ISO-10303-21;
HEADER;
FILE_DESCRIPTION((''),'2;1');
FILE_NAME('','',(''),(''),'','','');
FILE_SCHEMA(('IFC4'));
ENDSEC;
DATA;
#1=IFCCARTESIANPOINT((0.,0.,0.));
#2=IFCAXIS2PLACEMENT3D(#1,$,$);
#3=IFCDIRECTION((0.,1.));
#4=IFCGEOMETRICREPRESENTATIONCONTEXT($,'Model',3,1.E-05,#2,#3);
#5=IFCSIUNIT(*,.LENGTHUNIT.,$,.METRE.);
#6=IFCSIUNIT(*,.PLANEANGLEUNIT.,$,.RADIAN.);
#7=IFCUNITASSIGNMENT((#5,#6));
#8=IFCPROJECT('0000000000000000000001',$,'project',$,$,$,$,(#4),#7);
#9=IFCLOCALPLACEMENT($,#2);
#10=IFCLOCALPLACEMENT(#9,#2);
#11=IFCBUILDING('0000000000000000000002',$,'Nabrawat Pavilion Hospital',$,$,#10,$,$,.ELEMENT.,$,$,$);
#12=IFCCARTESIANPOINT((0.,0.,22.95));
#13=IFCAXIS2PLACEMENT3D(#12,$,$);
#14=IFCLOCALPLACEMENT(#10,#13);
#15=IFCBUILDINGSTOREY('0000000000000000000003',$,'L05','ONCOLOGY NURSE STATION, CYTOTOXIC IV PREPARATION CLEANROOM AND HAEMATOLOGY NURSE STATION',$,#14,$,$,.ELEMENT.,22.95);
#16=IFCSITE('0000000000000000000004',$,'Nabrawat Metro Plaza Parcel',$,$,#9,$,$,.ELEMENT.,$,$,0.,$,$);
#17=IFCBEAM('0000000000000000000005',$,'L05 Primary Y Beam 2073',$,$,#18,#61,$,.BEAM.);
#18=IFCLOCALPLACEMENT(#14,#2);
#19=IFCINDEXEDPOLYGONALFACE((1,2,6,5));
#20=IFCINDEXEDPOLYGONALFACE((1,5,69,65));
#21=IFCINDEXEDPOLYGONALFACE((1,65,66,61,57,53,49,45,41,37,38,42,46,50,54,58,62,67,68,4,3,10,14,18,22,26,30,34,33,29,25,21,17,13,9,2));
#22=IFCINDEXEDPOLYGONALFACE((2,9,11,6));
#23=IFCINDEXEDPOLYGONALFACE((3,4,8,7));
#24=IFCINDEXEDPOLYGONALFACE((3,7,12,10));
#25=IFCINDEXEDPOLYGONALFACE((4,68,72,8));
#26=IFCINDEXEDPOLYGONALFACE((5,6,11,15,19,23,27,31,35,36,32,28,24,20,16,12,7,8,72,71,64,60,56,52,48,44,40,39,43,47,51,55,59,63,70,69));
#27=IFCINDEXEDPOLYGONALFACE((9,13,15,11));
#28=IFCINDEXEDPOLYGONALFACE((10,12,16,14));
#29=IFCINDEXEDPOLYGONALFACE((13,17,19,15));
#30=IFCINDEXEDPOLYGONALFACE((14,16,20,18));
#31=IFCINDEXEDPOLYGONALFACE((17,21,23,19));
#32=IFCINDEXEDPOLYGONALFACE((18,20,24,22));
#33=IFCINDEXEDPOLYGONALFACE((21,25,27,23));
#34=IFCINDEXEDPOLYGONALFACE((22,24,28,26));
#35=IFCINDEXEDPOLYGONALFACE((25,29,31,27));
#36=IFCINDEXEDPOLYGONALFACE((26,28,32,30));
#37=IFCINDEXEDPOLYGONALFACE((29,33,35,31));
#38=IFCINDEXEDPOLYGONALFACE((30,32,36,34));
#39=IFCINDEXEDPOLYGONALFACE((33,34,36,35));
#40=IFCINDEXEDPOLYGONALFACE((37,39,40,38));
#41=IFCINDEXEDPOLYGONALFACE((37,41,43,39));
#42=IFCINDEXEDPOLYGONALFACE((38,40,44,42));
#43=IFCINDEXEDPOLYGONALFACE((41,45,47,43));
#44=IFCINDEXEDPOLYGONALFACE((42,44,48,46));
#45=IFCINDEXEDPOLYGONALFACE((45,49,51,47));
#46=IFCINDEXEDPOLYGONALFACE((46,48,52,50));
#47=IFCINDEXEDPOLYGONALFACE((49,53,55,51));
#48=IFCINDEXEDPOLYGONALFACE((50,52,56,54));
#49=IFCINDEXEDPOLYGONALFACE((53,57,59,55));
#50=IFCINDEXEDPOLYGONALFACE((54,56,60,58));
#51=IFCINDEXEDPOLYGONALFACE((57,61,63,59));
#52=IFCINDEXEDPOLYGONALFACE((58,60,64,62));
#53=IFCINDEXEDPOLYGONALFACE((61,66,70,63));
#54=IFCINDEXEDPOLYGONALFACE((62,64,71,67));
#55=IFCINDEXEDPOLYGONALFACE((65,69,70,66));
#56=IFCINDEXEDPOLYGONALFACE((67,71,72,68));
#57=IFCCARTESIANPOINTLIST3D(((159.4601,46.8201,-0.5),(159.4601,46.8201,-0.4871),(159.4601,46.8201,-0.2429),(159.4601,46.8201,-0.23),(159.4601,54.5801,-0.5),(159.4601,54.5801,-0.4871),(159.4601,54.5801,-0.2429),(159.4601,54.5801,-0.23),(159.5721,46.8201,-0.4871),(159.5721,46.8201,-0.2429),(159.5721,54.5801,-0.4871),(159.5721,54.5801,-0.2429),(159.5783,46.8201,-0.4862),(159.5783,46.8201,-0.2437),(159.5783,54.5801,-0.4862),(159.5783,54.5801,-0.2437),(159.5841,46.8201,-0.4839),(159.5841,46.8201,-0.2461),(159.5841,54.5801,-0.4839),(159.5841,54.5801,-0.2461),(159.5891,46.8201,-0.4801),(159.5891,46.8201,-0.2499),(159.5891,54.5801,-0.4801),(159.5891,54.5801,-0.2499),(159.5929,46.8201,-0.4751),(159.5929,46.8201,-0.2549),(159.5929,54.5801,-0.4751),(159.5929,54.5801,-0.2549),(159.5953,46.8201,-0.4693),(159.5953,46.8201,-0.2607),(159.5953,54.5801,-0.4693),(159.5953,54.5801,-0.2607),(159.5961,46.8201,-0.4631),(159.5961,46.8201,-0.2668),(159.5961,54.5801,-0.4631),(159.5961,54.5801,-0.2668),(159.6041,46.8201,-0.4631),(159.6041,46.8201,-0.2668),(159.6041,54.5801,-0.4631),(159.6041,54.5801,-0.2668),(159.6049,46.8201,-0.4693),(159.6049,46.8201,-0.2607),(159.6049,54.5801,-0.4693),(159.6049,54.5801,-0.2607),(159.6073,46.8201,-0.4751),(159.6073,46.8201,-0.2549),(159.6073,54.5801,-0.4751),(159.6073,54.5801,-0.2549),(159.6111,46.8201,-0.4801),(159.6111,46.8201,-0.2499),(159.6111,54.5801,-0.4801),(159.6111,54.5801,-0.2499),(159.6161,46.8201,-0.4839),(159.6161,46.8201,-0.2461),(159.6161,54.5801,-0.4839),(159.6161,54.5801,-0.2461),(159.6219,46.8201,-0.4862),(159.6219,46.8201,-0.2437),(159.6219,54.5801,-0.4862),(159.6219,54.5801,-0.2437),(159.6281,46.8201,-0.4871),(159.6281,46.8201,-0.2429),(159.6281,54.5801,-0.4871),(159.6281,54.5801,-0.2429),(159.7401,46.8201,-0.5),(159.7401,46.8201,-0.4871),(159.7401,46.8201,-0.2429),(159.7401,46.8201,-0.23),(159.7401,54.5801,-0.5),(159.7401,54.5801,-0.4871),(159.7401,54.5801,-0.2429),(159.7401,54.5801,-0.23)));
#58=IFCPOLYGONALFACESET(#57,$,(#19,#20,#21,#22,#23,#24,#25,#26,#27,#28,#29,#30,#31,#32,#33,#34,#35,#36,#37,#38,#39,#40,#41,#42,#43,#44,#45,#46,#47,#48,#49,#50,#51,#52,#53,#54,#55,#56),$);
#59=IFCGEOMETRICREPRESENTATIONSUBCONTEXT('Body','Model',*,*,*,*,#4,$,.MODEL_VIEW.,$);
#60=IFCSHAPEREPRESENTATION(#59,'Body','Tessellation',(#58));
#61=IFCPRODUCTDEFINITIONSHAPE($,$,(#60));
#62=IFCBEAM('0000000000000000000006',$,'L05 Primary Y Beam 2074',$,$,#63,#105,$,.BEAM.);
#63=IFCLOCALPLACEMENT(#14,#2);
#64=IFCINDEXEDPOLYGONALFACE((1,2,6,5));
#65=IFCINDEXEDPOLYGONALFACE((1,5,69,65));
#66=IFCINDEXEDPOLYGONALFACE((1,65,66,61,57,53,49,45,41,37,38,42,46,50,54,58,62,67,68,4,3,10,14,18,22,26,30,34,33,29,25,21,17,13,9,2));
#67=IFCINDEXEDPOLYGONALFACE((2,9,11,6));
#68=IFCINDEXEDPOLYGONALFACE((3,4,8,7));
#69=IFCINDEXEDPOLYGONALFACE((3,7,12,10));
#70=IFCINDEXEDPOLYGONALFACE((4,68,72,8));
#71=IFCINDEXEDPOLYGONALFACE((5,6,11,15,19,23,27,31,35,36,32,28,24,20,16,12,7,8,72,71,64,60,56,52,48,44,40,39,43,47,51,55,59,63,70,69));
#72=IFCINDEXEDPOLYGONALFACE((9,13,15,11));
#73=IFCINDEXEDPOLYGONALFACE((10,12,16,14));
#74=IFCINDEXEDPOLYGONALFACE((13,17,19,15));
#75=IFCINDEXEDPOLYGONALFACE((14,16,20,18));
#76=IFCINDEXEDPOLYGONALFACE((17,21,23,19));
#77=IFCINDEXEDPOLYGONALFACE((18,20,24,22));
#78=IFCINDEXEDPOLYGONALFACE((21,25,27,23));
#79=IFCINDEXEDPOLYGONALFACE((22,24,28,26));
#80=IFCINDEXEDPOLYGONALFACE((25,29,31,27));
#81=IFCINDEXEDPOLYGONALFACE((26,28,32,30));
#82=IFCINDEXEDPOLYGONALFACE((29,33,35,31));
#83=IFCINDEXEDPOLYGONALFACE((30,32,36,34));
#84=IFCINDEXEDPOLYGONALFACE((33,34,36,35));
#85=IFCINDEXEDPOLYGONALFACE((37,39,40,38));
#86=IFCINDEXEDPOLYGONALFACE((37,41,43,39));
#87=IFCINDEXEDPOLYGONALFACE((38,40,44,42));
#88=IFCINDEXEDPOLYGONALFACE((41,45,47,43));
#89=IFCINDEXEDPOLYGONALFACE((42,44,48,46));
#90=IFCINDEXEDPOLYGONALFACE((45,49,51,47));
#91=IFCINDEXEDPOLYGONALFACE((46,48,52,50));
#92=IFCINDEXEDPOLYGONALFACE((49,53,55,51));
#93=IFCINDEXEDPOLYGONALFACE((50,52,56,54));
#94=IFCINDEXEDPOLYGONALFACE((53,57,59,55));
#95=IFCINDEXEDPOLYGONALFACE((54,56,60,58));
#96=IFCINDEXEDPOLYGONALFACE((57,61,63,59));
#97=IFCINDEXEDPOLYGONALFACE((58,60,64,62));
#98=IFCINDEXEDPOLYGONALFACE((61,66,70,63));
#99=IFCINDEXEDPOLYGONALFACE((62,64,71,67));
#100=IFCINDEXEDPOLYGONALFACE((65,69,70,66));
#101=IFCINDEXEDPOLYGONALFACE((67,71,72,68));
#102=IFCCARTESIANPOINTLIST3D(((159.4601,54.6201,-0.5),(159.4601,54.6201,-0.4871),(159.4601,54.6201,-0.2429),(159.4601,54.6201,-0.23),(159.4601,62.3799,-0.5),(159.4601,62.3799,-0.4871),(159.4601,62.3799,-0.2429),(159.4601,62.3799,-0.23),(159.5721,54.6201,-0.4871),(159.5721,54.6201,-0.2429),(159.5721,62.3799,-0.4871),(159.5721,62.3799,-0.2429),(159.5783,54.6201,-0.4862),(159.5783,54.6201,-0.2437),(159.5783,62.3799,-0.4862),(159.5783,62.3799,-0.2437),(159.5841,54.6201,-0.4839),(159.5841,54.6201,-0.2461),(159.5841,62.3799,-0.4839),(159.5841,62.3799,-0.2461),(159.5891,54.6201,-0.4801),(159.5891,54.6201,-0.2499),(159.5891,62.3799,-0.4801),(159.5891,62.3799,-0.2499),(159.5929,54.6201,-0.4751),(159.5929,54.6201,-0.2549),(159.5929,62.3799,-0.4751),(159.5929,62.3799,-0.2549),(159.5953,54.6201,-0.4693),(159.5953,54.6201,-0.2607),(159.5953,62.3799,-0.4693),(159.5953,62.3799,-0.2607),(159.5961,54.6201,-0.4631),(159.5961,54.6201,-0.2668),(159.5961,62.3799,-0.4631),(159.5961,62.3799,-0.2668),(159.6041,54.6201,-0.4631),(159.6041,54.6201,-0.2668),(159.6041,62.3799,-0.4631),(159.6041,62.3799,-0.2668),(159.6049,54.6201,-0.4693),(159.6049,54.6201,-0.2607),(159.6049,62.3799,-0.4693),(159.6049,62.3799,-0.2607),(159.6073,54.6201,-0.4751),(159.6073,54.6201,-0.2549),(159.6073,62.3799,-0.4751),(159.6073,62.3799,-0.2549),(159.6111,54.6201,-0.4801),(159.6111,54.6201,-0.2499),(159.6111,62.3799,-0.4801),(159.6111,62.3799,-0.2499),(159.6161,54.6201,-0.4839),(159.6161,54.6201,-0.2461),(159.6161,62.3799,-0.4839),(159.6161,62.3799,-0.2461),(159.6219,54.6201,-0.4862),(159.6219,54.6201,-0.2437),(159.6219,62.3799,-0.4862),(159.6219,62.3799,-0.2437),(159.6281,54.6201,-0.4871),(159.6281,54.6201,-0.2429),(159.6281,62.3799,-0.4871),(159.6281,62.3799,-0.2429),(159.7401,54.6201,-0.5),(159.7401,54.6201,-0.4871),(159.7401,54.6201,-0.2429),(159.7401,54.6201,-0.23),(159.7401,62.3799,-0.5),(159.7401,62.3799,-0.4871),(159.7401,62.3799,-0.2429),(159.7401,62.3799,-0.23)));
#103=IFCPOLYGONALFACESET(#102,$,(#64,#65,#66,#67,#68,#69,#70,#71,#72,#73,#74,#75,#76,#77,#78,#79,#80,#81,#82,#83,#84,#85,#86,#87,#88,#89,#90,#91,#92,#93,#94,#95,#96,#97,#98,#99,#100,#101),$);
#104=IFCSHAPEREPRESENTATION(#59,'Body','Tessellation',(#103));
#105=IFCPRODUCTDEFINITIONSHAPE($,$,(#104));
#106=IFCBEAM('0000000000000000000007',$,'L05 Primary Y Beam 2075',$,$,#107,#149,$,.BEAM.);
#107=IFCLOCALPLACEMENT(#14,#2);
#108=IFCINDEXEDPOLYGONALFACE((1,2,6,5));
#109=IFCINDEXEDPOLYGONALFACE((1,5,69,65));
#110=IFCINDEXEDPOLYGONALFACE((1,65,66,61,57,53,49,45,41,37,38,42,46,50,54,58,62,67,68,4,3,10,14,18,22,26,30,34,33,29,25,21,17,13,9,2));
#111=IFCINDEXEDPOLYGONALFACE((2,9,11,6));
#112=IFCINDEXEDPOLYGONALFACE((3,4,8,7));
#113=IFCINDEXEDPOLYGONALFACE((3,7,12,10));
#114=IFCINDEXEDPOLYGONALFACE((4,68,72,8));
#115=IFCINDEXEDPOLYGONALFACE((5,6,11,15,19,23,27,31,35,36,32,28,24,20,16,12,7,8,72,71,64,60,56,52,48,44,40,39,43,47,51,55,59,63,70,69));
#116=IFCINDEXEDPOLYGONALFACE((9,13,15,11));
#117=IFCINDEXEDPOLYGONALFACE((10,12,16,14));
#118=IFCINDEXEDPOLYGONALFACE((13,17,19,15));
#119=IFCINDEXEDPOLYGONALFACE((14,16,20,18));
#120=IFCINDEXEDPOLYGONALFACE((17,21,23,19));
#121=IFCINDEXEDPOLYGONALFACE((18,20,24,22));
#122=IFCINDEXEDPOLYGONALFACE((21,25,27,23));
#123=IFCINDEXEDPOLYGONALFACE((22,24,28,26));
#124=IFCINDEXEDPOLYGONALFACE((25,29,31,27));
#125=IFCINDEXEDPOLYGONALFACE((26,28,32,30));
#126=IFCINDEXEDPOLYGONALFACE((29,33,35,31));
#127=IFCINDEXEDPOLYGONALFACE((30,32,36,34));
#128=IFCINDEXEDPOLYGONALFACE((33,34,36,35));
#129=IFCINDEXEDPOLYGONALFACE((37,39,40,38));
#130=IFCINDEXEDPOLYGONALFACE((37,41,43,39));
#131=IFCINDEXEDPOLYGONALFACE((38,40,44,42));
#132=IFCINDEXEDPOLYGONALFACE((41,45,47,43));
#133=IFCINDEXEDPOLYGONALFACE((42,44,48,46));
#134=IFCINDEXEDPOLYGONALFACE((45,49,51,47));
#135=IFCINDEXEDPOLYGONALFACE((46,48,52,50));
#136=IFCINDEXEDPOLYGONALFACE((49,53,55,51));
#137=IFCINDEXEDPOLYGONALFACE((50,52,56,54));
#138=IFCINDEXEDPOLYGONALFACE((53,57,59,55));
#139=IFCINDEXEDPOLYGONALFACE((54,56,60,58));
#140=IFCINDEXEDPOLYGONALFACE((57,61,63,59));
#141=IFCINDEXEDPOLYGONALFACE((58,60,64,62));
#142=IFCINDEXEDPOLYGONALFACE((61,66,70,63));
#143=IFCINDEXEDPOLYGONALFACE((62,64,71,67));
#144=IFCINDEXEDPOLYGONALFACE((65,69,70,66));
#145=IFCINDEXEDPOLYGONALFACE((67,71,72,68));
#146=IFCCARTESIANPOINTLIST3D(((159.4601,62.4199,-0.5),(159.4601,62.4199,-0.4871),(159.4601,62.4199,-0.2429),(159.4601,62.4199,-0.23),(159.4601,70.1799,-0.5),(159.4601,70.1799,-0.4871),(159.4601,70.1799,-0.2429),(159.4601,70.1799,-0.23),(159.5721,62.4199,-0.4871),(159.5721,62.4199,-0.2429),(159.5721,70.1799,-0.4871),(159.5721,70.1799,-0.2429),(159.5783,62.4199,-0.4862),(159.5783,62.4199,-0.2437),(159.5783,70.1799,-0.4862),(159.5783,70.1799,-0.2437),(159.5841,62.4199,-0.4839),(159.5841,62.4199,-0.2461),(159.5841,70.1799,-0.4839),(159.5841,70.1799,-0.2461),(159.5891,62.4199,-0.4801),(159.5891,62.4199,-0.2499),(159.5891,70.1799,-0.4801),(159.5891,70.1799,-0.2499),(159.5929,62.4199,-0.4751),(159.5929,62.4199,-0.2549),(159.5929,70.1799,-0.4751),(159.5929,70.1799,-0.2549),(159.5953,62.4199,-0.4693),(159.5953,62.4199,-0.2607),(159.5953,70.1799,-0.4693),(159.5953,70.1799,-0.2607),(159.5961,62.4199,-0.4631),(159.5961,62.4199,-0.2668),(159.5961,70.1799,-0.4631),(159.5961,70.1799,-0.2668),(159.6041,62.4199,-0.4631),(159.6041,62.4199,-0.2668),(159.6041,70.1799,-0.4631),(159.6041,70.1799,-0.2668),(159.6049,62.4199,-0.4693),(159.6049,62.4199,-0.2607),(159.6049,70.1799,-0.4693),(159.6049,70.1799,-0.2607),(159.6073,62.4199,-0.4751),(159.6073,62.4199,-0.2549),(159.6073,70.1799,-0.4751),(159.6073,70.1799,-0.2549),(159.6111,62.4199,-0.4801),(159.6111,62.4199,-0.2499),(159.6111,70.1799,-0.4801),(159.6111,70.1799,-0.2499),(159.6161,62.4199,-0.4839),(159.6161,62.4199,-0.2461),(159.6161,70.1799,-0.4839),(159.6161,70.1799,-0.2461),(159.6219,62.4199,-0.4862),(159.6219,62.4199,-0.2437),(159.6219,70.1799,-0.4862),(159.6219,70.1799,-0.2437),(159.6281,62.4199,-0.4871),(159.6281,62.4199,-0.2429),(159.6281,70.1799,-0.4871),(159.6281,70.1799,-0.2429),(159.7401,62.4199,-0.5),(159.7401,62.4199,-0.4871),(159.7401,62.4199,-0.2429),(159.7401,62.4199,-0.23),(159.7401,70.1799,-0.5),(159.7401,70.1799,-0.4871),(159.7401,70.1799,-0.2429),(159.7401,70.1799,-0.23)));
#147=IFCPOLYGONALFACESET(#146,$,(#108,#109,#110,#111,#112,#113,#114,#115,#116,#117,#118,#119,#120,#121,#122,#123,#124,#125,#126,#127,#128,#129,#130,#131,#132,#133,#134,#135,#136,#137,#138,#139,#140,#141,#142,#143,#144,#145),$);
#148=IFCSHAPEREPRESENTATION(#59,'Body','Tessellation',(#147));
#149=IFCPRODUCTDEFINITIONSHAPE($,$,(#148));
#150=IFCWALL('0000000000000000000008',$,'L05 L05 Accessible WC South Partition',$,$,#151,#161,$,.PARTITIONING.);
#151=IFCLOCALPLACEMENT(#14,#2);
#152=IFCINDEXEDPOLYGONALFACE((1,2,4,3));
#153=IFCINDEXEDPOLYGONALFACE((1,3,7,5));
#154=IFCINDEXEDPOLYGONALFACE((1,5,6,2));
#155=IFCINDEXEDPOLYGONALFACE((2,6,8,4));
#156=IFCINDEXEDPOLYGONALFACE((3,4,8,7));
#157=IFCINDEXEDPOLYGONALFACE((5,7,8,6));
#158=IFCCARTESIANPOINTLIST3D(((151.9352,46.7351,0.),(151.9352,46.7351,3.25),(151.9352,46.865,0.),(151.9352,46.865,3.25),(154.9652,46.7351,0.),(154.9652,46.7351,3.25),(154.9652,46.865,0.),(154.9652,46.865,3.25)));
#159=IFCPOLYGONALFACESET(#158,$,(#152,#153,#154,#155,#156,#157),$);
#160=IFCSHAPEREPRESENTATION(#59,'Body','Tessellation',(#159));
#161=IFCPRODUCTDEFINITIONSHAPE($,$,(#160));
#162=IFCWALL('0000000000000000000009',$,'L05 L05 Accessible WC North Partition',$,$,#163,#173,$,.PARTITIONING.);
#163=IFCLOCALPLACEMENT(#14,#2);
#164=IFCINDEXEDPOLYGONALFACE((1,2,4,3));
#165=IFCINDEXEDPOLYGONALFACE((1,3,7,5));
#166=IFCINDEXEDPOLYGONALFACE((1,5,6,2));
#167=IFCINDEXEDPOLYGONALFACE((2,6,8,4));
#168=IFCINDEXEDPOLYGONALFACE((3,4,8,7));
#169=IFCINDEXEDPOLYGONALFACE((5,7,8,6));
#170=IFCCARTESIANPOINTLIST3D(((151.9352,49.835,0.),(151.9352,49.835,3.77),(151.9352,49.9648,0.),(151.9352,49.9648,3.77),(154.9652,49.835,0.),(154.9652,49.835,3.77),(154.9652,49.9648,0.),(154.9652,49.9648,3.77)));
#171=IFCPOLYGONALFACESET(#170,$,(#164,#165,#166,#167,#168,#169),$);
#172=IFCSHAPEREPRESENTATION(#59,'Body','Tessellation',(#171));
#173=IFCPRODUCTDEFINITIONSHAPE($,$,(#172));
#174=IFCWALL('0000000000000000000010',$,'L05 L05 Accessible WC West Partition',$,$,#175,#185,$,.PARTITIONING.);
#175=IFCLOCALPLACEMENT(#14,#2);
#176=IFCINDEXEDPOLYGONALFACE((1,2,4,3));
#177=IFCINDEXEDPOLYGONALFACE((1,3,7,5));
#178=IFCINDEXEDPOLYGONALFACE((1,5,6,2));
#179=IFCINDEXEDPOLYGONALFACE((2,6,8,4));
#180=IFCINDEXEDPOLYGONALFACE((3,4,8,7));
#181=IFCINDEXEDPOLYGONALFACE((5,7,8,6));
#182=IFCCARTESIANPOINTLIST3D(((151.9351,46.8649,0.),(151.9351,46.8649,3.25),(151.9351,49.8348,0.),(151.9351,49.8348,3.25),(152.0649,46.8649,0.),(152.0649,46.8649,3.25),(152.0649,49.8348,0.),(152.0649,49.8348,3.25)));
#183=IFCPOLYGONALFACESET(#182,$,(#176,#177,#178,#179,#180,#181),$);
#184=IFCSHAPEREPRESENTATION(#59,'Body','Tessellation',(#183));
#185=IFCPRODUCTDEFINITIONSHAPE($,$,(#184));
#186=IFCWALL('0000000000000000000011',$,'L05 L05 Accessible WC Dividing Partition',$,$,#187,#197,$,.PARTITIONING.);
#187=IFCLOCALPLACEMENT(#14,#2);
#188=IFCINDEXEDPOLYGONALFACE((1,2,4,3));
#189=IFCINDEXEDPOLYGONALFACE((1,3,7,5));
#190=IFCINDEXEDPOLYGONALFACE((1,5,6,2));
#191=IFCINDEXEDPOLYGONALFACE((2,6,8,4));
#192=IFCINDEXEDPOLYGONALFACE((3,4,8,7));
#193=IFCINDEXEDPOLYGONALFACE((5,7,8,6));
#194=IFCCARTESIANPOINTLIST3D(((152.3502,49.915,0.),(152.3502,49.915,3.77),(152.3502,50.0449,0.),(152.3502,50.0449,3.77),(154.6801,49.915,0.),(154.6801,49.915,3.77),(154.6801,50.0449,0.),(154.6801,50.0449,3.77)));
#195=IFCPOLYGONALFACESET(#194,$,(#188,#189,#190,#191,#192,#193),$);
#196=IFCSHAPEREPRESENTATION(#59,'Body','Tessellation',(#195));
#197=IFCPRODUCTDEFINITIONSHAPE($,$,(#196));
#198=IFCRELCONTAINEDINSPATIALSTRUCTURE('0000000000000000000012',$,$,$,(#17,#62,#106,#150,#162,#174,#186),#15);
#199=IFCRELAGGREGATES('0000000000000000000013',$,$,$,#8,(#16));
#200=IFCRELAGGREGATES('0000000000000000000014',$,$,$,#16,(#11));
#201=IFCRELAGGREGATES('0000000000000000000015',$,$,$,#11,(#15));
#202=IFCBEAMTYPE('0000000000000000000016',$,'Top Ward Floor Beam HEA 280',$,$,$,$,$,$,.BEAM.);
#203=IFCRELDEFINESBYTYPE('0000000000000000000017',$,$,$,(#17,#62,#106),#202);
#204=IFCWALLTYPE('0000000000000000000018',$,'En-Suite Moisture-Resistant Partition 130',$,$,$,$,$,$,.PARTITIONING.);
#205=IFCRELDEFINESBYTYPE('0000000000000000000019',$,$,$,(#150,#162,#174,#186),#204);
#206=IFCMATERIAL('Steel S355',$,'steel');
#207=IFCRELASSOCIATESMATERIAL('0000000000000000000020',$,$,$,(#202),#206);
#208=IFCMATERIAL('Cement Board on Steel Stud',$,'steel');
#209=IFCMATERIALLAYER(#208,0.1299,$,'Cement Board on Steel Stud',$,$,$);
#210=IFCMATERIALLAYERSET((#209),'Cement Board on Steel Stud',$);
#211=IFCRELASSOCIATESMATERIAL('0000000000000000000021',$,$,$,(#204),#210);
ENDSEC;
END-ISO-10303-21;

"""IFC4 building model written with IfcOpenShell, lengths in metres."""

from ifc_helpers import new_model, si_unit, direction, frame, frame_2d, origin, origin_2d, place, context, subcontext, project, spatial, rectangle, i_section, extrude, material, layer, layer_set, material_profile, profile_set, type_object, element, save


model = new_model("IFC4")

# Units and contexts
model_context = context("Model", 3, precision=1e-05, world=origin(), true_north=direction((0.0, 1.0)))
body_context = subcontext(model_context, "Body", "Model", "MODEL_VIEW")
ifc_project = project(units=[si_unit("LENGTHUNIT", "METRE"), si_unit("PLANEANGLEUNIT", "RADIAN")], contexts=[model_context])

# Site, building, storey
site_placement = place(None, origin())
site = spatial("IfcSite", under=ifc_project, at=site_placement, Name="Nabrawat Metro Plaza Parcel", CompositionType="ELEMENT", RefElevation=0.0)
building_placement = place(site_placement, origin())
building = spatial("IfcBuilding", under=site, at=building_placement, Name="Nabrawat Pavilion Hospital", CompositionType="ELEMENT")
storey_placement = place(building_placement, frame((0.0, 0.0, 22.95)))
storey = spatial("IfcBuildingStorey", under=building, at=storey_placement, Name="L05", Description="ONCOLOGY NURSE STATION, CYTOTOXIC IV PREPARATION CLEANROOM AND HAEMATOLOGY NURSE STATION", CompositionType="ELEMENT", Elevation=22.95)

# Shared definitions
ifc_material_1 = material(Name="Steel S355", Category="steel")

# Beams
ifc_material_profile_1 = material_profile(ifc_material_1, i_section(OverallWidth=0.28, OverallDepth=0.27, WebThickness=0.0081, FlangeThickness=0.0129, FilletRadius=0.0239, at=origin_2d()), Name="HEA 280")
ifc_profile_set_1 = profile_set([ifc_material_profile_1], Name="Steel S355")
beam_type_1 = type_object("IfcBeamType", Name="Top Ward Floor Beam HEA 280", PredefinedType="BEAM", material=ifc_profile_set_1)
for number, where, z_axis, x_axis, name in (
    (1, (159.6001, 46.8201, -0.365), (0.0, 1.0, 0.0), (-1.0, 0.0, 0.0), "L05 Primary Y Beam 2073"),
):
    element("IfcBeam", number, at=place(storey_placement, frame(where, z_axis=z_axis, x_axis=x_axis)), inside=storey, type_object=beam_type_1, Name=name, PredefinedType="BEAM", context=body_context, shape_type="SweptSolid", body=[
        extrude(i_section(OverallWidth=0.28, OverallDepth=0.27, WebThickness=0.0081, FlangeThickness=0.0129, FilletRadius=0.0239, at=origin_2d()), origin(), (0.0, 0.0, 1.0), 7.76),
    ])
beam_1_placement = place(storey_placement, frame((159.6001, 54.6201, -0.365), z_axis=(0.0, 1.0, 0.0), x_axis=(-1.0, 0.0, 0.0)))
element("IfcBeam", 2, at=beam_1_placement, inside=storey, type_object=beam_type_1, Name="L05 Primary Y Beam 2074", PredefinedType="BEAM", context=body_context, shape_type="SweptSolid", body=[
    extrude(i_section(OverallWidth=0.28, OverallDepth=0.27, WebThickness=0.0081, FlangeThickness=0.0129, FilletRadius=0.0239, at=origin_2d()), origin(), (0.0, 0.0, 1.0), 7.7598),
])
beam_2_placement = place(storey_placement, frame((159.6001, 62.4199, -0.365), z_axis=(0.0, 1.0, 0.0), x_axis=(-1.0, 0.0, 0.0)))
element("IfcBeam", 3, at=beam_2_placement, inside=storey, type_object=beam_type_1, Name="L05 Primary Y Beam 2075", PredefinedType="BEAM", context=body_context, shape_type="SweptSolid", body=[
    extrude(i_section(OverallWidth=0.28, OverallDepth=0.27, WebThickness=0.0081, FlangeThickness=0.0129, FilletRadius=0.0239, at=origin_2d()), origin(), (0.0, 0.0, 1.0), 7.76),
])

# Walls
ifc_material_2 = material(Name="Cement Board on Steel Stud", Category="steel")
ifc_layer_1 = layer(ifc_material_2, 0.1299, Name="Cement Board on Steel Stud")
ifc_layer_set_1 = layer_set([ifc_layer_1], Name="Cement Board on Steel Stud")
wall_type_1 = type_object("IfcWallType", Name="En-Suite Moisture-Resistant Partition 130", PredefinedType="PARTITIONING", material=ifc_layer_set_1)
wall_1_placement = place(storey_placement, frame((151.9351, 46.8, 0.0), z_axis=(0.0, 0.0, 1.0), x_axis=(1.0, 0.0, 0.0)))
element("IfcWall", 4, at=wall_1_placement, inside=storey, type_object=wall_type_1, Name="L05 L05 Accessible WC South Partition", PredefinedType="PARTITIONING", context=body_context, shape_type="SweptSolid", body=[
    extrude(rectangle(XDim=3.03, YDim=0.1299, at=frame_2d((1.5151, 0.0))), origin(), (0.0, 0.0, 1.0), 3.25),
])
wall_2_placement = place(storey_placement, frame((151.9351, 49.8999, 0.0), z_axis=(0.0, 0.0, 1.0), x_axis=(1.0, 0.0, 0.0)))
element("IfcWall", 5, at=wall_2_placement, inside=storey, type_object=wall_type_1, Name="L05 L05 Accessible WC North Partition", PredefinedType="PARTITIONING", context=body_context, shape_type="SweptSolid", body=[
    extrude(rectangle(XDim=3.03, YDim=0.1299, at=frame_2d((1.5151, 0.0))), origin(), (0.0, 0.0, 1.0), 3.77),
])
wall_3_placement = place(storey_placement, frame((152.0, 46.865, 0.0), z_axis=(0.0, 0.0, 1.0), x_axis=(0.0, 1.0, 0.0)))
element("IfcWall", 6, at=wall_3_placement, inside=storey, type_object=wall_type_1, Name="L05 L05 Accessible WC West Partition", PredefinedType="PARTITIONING", context=body_context, shape_type="SweptSolid", body=[
    extrude(rectangle(XDim=2.97, YDim=0.1299, at=frame_2d((1.4849, 0.0))), origin(), (0.0, 0.0, 1.0), 3.25),
])
wall_4_placement = place(storey_placement, frame((152.3501, 49.98, 0.0), z_axis=(0.0, 0.0, 1.0), x_axis=(1.0, 0.0, 0.0)))
element("IfcWall", 7, at=wall_4_placement, inside=storey, type_object=wall_type_1, Name="L05 L05 Accessible WC Dividing Partition", PredefinedType="PARTITIONING", context=body_context, shape_type="SweptSolid", body=[
    extrude(rectangle(XDim=2.3298, YDim=0.1299, at=frame_2d((1.165, 0.0))), origin(), (0.0, 0.0, 1.0), 3.77),
])

save(model, "model.ifc")
